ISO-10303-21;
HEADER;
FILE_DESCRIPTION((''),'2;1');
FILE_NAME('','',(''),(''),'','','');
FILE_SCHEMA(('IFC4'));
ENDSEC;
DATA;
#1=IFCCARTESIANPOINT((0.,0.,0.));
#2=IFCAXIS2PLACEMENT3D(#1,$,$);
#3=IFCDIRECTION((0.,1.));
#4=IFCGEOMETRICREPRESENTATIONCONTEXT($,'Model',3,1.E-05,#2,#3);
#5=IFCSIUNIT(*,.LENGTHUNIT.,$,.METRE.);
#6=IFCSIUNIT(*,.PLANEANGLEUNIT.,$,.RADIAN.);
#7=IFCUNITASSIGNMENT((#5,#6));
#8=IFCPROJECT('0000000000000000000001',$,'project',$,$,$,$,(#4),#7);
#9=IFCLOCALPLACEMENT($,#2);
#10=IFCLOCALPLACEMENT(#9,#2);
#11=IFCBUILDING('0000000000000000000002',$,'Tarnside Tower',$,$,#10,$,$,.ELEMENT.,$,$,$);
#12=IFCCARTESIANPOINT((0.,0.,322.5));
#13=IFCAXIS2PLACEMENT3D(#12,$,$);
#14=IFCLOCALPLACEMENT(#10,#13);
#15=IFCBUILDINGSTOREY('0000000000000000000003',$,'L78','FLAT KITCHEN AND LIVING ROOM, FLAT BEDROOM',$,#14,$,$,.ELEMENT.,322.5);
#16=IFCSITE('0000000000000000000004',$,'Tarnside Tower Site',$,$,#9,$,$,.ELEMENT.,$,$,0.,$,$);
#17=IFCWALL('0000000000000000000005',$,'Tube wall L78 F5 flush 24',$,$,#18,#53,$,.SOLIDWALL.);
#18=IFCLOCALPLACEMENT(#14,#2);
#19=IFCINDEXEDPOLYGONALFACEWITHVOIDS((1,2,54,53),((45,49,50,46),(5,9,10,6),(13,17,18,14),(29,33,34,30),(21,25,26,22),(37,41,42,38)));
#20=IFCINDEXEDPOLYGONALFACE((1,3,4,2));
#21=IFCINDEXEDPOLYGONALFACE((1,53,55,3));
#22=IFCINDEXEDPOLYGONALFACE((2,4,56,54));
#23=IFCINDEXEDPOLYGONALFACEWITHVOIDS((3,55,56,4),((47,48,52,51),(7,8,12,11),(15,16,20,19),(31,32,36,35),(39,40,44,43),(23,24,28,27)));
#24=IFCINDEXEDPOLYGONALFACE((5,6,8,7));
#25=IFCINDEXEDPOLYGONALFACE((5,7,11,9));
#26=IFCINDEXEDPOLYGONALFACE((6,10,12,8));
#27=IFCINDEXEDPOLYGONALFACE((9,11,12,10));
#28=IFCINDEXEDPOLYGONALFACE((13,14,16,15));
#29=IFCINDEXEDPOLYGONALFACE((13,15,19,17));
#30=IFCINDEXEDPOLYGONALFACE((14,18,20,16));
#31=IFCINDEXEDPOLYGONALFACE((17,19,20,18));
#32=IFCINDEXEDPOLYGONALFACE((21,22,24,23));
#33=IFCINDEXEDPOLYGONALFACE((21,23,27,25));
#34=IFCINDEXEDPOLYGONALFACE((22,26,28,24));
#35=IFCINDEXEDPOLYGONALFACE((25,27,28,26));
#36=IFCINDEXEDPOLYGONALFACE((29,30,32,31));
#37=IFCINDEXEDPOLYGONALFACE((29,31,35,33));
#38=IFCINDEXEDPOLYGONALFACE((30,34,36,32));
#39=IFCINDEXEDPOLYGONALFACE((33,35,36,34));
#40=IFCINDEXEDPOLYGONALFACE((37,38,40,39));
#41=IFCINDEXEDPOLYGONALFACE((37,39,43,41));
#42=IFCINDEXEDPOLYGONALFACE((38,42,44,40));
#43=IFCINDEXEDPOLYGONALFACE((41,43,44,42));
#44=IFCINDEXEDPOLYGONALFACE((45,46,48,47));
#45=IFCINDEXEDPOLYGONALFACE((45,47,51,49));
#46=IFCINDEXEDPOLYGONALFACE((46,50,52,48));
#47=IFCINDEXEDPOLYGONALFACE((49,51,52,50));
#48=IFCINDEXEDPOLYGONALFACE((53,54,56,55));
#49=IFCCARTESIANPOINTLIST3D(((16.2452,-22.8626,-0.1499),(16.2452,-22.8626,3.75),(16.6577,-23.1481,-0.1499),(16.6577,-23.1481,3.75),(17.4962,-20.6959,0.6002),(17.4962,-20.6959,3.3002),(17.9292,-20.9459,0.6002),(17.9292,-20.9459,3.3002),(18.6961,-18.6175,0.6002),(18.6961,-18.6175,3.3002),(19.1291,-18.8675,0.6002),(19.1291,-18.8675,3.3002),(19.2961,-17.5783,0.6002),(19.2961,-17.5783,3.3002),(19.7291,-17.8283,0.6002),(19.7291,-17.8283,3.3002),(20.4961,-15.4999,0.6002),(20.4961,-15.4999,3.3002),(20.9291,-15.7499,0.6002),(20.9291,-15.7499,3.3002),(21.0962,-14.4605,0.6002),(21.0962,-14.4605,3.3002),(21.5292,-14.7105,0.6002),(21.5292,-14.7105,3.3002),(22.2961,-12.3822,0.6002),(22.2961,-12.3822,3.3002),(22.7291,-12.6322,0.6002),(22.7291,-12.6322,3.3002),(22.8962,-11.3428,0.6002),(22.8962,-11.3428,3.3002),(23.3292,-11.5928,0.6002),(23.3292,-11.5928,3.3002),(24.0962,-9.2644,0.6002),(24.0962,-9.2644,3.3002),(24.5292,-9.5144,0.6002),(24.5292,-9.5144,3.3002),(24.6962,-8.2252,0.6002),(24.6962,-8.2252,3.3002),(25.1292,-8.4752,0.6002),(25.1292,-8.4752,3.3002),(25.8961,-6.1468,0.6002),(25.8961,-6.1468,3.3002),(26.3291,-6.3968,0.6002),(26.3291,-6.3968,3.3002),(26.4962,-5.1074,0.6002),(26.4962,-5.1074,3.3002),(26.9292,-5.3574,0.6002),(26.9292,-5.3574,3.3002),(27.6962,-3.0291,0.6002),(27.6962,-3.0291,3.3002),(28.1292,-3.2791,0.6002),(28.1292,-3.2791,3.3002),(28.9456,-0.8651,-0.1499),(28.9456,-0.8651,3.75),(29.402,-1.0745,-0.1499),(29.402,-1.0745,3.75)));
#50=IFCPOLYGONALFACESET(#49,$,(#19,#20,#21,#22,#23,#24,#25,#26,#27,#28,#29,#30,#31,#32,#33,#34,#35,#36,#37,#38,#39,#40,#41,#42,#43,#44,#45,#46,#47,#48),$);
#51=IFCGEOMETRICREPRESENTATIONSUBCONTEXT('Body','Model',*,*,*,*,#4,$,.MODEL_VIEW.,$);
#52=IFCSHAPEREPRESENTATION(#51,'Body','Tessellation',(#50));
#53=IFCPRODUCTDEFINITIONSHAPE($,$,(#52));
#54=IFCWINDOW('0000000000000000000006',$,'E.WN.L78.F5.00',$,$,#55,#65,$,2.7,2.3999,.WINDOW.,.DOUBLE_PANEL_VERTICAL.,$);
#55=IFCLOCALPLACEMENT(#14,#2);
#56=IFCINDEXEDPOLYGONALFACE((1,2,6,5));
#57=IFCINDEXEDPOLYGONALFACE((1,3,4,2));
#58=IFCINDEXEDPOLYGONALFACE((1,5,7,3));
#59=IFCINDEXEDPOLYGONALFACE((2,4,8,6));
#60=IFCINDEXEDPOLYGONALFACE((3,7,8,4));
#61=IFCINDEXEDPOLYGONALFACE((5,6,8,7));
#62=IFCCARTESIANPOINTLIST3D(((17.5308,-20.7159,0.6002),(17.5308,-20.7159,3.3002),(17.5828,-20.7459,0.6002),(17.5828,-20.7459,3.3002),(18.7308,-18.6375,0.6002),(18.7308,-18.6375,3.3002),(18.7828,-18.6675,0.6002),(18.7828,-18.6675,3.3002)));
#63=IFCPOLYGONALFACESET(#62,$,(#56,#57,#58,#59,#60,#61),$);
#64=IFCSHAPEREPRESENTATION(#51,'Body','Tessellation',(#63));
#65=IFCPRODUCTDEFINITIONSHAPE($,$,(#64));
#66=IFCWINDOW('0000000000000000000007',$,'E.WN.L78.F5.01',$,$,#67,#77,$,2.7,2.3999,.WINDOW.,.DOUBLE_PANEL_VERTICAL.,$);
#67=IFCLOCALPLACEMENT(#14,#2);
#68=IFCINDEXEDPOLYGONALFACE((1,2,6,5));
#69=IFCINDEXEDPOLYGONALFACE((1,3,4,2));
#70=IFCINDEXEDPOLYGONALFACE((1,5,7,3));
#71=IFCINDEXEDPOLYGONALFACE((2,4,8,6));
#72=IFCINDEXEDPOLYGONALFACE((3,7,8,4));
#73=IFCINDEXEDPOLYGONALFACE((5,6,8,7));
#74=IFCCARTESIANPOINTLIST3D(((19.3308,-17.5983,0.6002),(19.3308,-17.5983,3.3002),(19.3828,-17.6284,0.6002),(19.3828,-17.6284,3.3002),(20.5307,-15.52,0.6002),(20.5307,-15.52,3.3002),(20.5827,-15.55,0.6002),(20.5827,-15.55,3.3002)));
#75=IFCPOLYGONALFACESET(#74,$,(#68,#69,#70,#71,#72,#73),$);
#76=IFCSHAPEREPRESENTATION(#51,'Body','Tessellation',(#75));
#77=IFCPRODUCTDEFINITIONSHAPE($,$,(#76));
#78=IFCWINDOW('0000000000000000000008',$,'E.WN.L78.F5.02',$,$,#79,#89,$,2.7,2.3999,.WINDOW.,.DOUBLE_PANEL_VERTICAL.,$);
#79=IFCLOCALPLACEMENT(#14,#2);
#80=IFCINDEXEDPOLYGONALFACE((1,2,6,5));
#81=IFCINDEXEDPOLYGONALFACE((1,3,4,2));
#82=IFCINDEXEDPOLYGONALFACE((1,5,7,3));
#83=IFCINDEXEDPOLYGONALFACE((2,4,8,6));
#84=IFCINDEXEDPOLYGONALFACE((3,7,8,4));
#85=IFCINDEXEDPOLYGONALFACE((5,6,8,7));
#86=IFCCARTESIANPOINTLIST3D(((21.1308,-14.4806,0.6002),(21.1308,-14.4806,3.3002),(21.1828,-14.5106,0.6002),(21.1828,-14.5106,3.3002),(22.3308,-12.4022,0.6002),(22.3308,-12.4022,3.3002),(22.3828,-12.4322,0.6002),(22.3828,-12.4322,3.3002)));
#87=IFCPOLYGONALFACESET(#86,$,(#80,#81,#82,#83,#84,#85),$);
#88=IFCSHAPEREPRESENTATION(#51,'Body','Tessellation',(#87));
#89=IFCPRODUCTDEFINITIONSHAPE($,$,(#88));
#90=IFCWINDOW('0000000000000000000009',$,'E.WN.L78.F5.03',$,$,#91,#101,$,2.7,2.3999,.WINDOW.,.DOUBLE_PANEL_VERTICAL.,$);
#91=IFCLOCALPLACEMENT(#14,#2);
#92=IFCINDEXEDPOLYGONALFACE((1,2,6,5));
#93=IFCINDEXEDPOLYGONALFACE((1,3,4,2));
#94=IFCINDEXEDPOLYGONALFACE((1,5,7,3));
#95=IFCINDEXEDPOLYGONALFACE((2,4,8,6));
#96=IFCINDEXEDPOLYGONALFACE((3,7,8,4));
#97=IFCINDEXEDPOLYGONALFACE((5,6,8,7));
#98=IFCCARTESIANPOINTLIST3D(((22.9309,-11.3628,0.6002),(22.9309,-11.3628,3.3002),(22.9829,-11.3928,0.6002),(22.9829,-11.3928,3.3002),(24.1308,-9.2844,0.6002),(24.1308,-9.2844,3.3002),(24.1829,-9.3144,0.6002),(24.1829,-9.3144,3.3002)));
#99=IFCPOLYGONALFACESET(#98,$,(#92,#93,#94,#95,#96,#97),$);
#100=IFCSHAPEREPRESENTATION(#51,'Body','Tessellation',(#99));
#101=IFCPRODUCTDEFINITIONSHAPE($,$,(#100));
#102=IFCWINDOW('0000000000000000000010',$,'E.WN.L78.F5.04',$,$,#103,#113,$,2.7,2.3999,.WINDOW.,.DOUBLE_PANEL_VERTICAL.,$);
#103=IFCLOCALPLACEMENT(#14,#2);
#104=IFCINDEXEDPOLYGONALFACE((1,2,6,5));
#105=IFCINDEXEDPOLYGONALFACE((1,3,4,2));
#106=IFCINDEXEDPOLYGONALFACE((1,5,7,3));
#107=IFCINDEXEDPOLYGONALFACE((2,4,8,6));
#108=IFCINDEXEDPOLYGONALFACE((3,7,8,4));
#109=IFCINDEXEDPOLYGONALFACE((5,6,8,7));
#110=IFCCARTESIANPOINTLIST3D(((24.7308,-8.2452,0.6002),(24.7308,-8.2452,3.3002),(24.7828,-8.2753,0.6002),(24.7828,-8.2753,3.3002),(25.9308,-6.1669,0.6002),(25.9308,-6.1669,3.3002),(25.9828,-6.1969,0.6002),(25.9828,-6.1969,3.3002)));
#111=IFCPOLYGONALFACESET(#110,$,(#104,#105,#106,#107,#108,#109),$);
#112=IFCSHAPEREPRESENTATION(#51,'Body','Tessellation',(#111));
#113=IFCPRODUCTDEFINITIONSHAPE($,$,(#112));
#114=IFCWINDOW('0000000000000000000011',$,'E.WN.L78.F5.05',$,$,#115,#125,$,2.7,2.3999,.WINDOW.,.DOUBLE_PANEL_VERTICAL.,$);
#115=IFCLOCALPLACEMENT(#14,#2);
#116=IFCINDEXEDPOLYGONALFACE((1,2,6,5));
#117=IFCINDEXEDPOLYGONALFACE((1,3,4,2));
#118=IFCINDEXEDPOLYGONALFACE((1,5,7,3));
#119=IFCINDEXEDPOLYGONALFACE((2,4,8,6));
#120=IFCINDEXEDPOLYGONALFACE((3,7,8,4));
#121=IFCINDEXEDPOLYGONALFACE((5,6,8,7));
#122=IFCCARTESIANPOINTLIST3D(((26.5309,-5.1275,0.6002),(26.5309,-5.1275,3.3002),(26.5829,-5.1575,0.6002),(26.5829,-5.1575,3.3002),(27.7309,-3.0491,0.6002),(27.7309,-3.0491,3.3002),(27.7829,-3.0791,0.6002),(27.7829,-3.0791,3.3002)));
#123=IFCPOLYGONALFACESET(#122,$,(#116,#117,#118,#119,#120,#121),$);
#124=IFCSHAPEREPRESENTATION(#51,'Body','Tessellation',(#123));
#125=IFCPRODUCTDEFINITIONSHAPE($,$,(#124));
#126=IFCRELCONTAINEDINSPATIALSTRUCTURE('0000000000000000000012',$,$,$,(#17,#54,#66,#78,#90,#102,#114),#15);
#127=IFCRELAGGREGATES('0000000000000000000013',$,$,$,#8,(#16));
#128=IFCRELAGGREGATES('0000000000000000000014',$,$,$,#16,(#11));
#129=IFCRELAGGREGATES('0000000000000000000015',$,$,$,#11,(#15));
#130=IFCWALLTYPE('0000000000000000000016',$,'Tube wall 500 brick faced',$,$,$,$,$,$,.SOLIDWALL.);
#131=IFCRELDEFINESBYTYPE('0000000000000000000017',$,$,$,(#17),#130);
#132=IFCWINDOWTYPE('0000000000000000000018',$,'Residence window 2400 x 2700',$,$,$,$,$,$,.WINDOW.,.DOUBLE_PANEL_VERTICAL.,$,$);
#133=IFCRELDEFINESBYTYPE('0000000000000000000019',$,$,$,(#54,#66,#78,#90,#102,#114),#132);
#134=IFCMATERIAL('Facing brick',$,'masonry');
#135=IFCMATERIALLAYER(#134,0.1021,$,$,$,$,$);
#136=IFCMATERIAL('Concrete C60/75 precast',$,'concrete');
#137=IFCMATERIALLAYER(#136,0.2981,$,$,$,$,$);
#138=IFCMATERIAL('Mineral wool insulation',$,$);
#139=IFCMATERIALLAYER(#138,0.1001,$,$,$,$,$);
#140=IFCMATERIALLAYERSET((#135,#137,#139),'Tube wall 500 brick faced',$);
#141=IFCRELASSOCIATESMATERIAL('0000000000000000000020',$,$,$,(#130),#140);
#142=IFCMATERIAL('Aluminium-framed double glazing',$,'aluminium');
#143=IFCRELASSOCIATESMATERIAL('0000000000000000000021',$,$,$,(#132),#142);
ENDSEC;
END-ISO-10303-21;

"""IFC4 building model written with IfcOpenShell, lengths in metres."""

from ifc_helpers import new_model, si_unit, direction, frame, frame_2d, origin, place, context, subcontext, project, spatial, polyline, rectangle, outline, extrude, material, layer, layer_set, type_object, element, fill, save


model = new_model("IFC4")

# Units and contexts
model_context = context("Model", 3, precision=1e-05, world=origin(), true_north=direction((0.0, 1.0)))
body_context = subcontext(model_context, "Body", "Model", "MODEL_VIEW")
ifc_project = project(units=[si_unit("LENGTHUNIT", "METRE"), si_unit("PLANEANGLEUNIT", "RADIAN")], contexts=[model_context])

# Site, building, storey
site_placement = place(None, origin())
site = spatial("IfcSite", under=ifc_project, at=site_placement, Name="Tarnside Tower Site", CompositionType="ELEMENT", RefElevation=0.0)
building_placement = place(site_placement, origin())
building = spatial("IfcBuilding", under=site, at=building_placement, Name="Tarnside Tower", CompositionType="ELEMENT")
storey_placement = place(building_placement, frame((0.0, 0.0, 322.5)))
storey = spatial("IfcBuildingStorey", under=building, at=storey_placement, Name="L78", Description="FLAT KITCHEN AND LIVING ROOM, FLAT BEDROOM", CompositionType="ELEMENT", Elevation=322.5)

# Shared definitions
ifc_material_1 = material(Name="Concrete C60/75 precast", Category="concrete")
ifc_material_2 = material(Name="Mineral wool insulation")

# Shared definitions
ifc_material_3 = material(Name="Facing brick", Category="masonry")
ifc_layer_1 = layer(ifc_material_3, 0.1021)
ifc_layer_2 = layer(ifc_material_1, 0.2981)
ifc_layer_3 = layer(ifc_material_2, 0.1001)
ifc_layer_set_1 = layer_set([ifc_layer_1, ifc_layer_2, ifc_layer_3], Name="Tube wall 500 brick faced")
wall_type_1 = type_object("IfcWallType", Name="Tube wall 500 brick faced", PredefinedType="SOLIDWALL", material=ifc_layer_set_1)

# Wall, openings, windows
wall_1_placement = place(storey_placement, frame((16.4514, -23.0054, -0.1499), z_axis=(0.0, 0.0, 1.0), x_axis=(0.500004, 0.866023, 0.0)))
wall_1 = element("IfcWall", 1, at=wall_1_placement, inside=storey, type_object=wall_type_1, Name="Tube wall L78 F5 flush 24", PredefinedType="SOLIDWALL", context=body_context, shape_type="SweptSolid", body=[
    extrude(outline(polyline([(-0.0205, -0.25), (25.468, -0.25), (25.4211, 0.25), (0.0205, 0.25), (-0.0205, -0.25)])), origin(), (0.0, 0.0, 1.0), 3.8999),
])
opening_1_placement = place(wall_1_placement, frame((2.5225, 0.0, 0.75)))
opening_1 = element("IfcOpeningElement", 2, at=opening_1_placement, cuts=wall_1, PredefinedType="OPENING", context=body_context, shape_type="SweptSolid", body=[
    extrude(rectangle(XDim=2.3999, YDim=2.7, at=frame_2d((1.2, 1.3501))), frame((0.0, 0.26, 0.0), z_axis=(0.0, -1.0, 0.0), x_axis=(1.0, 0.0, 0.0)), (0.0, 0.0, 1.0), 0.52),
])
opening_2_placement = place(wall_1_placement, frame((6.1223, 0.0, 0.75)))
opening_2 = element("IfcOpeningElement", 3, at=opening_2_placement, cuts=wall_1, PredefinedType="OPENING", context=body_context, shape_type="SweptSolid", body=[
    extrude(rectangle(XDim=2.3999, YDim=2.7, at=frame_2d((1.2, 1.3501))), frame((0.0, 0.26, 0.0), z_axis=(0.0, -1.0, 0.0), x_axis=(1.0, 0.0, 0.0)), (0.0, 0.0, 1.0), 0.52),
])
opening_3_placement = place(wall_1_placement, frame((9.7224, 0.0, 0.75)))
opening_3 = element("IfcOpeningElement", 4, at=opening_3_placement, cuts=wall_1, PredefinedType="OPENING", context=body_context, shape_type="SweptSolid", body=[
    extrude(rectangle(XDim=2.3999, YDim=2.7, at=frame_2d((1.2, 1.3501))), frame((0.0, 0.26, 0.0), z_axis=(0.0, -1.0, 0.0), x_axis=(1.0, 0.0, 0.0)), (0.0, 0.0, 1.0), 0.52),
])
opening_4_placement = place(wall_1_placement, frame((13.3225, 0.0, 0.75)))
opening_4 = element("IfcOpeningElement", 5, at=opening_4_placement, cuts=wall_1, PredefinedType="OPENING", context=body_context, shape_type="SweptSolid", body=[
    extrude(rectangle(XDim=2.3999, YDim=2.7, at=frame_2d((1.2, 1.3501))), frame((0.0, 0.26, 0.0), z_axis=(0.0, -1.0, 0.0), x_axis=(1.0, 0.0, 0.0)), (0.0, 0.0, 1.0), 0.52),
])
opening_5_placement = place(wall_1_placement, frame((16.9224, 0.0, 0.75)))
opening_5 = element("IfcOpeningElement", 6, at=opening_5_placement, cuts=wall_1, PredefinedType="OPENING", context=body_context, shape_type="SweptSolid", body=[
    extrude(rectangle(XDim=2.3999, YDim=2.7, at=frame_2d((1.2, 1.3501))), frame((0.0, 0.26, 0.0), z_axis=(0.0, -1.0, 0.0), x_axis=(1.0, 0.0, 0.0)), (0.0, 0.0, 1.0), 0.52),
])
opening_6_placement = place(wall_1_placement, frame((20.5225, 0.0, 0.75)))
opening_6 = element("IfcOpeningElement", 7, at=opening_6_placement, cuts=wall_1, PredefinedType="OPENING", context=body_context, shape_type="SweptSolid", body=[
    extrude(rectangle(XDim=2.3999, YDim=2.7, at=frame_2d((1.2, 1.3501))), frame((0.0, 0.26, 0.0), z_axis=(0.0, -1.0, 0.0), x_axis=(1.0, 0.0, 0.0)), (0.0, 0.0, 1.0), 0.52),
])
ifc_material_4 = material(Name="Aluminium-framed double glazing", Category="aluminium")
window_type = type_object("IfcWindowType", Name="Residence window 2400 x 2700", PartitioningType="DOUBLE_PANEL_VERTICAL", PredefinedType="WINDOW", material=ifc_material_4)
window_1_placement = place(opening_1_placement, frame((0.0, 0.1799, 0.0)))
window_1 = element("IfcWindow", 8, at=window_1_placement, inside=storey, type_object=window_type, Name="E.WN.L78.F5.00", OverallHeight=2.7, OverallWidth=2.3999, PartitioningType="DOUBLE_PANEL_VERTICAL", PredefinedType="WINDOW", context=body_context, shape_type="SweptSolid", body=[
    extrude(rectangle(XDim=2.3999, YDim=2.7, at=frame_2d((1.2, 1.3501))), frame((0.0, 0.03, 0.0), z_axis=(0.0, -1.0, 0.0), x_axis=(1.0, 0.0, 0.0)), (0.0, 0.0, 1.0), 0.0601),
])
fill(opening_1, window_1)
window_2_placement = place(opening_2_placement, frame((0.0, 0.1799, 0.0)))
window_2 = element("IfcWindow", 9, at=window_2_placement, inside=storey, type_object=window_type, Name="E.WN.L78.F5.01", OverallHeight=2.7, OverallWidth=2.3999, PartitioningType="DOUBLE_PANEL_VERTICAL", PredefinedType="WINDOW", context=body_context, shape_type="SweptSolid", body=[
    extrude(rectangle(XDim=2.3999, YDim=2.7, at=frame_2d((1.2, 1.3501))), frame((0.0, 0.03, 0.0), z_axis=(0.0, -1.0, 0.0), x_axis=(1.0, 0.0, 0.0)), (0.0, 0.0, 1.0), 0.0601),
])
fill(opening_2, window_2)
window_3_placement = place(opening_3_placement, frame((0.0, 0.1799, 0.0)))
window_3 = element("IfcWindow", 10, at=window_3_placement, inside=storey, type_object=window_type, Name="E.WN.L78.F5.02", OverallHeight=2.7, OverallWidth=2.3999, PartitioningType="DOUBLE_PANEL_VERTICAL", PredefinedType="WINDOW", context=body_context, shape_type="SweptSolid", body=[
    extrude(rectangle(XDim=2.3999, YDim=2.7, at=frame_2d((1.2, 1.3501))), frame((0.0, 0.03, 0.0), z_axis=(0.0, -1.0, 0.0), x_axis=(1.0, 0.0, 0.0)), (0.0, 0.0, 1.0), 0.0601),
])
fill(opening_3, window_3)
window_4_placement = place(opening_4_placement, frame((0.0, 0.1799, 0.0)))
window_4 = element("IfcWindow", 11, at=window_4_placement, inside=storey, type_object=window_type, Name="E.WN.L78.F5.03", OverallHeight=2.7, OverallWidth=2.3999, PartitioningType="DOUBLE_PANEL_VERTICAL", PredefinedType="WINDOW", context=body_context, shape_type="SweptSolid", body=[
    extrude(rectangle(XDim=2.3999, YDim=2.7, at=frame_2d((1.2, 1.3501))), frame((0.0, 0.03, 0.0), z_axis=(0.0, -1.0, 0.0), x_axis=(1.0, 0.0, 0.0)), (0.0, 0.0, 1.0), 0.0601),
])
fill(opening_4, window_4)
window_5_placement = place(opening_5_placement, frame((0.0, 0.1799, 0.0)))
window_5 = element("IfcWindow", 12, at=window_5_placement, inside=storey, type_object=window_type, Name="E.WN.L78.F5.04", OverallHeight=2.7, OverallWidth=2.3999, PartitioningType="DOUBLE_PANEL_VERTICAL", PredefinedType="WINDOW", context=body_context, shape_type="SweptSolid", body=[
    extrude(rectangle(XDim=2.3999, YDim=2.7, at=frame_2d((1.2, 1.3501))), frame((0.0, 0.03, 0.0), z_axis=(0.0, -1.0, 0.0), x_axis=(1.0, 0.0, 0.0)), (0.0, 0.0, 1.0), 0.0601),
])
fill(opening_5, window_5)
window_6_placement = place(opening_6_placement, frame((0.0, 0.1799, 0.0)))
window_6 = element("IfcWindow", 13, at=window_6_placement, inside=storey, type_object=window_type, Name="E.WN.L78.F5.05", OverallHeight=2.7, OverallWidth=2.3999, PartitioningType="DOUBLE_PANEL_VERTICAL", PredefinedType="WINDOW", context=body_context, shape_type="SweptSolid", body=[
    extrude(rectangle(XDim=2.3999, YDim=2.7, at=frame_2d((1.2, 1.3501))), frame((0.0, 0.03, 0.0), z_axis=(0.0, -1.0, 0.0), x_axis=(1.0, 0.0, 0.0)), (0.0, 0.0, 1.0), 0.0601),
])
fill(opening_6, window_6)

save(model, "model.ifc")
